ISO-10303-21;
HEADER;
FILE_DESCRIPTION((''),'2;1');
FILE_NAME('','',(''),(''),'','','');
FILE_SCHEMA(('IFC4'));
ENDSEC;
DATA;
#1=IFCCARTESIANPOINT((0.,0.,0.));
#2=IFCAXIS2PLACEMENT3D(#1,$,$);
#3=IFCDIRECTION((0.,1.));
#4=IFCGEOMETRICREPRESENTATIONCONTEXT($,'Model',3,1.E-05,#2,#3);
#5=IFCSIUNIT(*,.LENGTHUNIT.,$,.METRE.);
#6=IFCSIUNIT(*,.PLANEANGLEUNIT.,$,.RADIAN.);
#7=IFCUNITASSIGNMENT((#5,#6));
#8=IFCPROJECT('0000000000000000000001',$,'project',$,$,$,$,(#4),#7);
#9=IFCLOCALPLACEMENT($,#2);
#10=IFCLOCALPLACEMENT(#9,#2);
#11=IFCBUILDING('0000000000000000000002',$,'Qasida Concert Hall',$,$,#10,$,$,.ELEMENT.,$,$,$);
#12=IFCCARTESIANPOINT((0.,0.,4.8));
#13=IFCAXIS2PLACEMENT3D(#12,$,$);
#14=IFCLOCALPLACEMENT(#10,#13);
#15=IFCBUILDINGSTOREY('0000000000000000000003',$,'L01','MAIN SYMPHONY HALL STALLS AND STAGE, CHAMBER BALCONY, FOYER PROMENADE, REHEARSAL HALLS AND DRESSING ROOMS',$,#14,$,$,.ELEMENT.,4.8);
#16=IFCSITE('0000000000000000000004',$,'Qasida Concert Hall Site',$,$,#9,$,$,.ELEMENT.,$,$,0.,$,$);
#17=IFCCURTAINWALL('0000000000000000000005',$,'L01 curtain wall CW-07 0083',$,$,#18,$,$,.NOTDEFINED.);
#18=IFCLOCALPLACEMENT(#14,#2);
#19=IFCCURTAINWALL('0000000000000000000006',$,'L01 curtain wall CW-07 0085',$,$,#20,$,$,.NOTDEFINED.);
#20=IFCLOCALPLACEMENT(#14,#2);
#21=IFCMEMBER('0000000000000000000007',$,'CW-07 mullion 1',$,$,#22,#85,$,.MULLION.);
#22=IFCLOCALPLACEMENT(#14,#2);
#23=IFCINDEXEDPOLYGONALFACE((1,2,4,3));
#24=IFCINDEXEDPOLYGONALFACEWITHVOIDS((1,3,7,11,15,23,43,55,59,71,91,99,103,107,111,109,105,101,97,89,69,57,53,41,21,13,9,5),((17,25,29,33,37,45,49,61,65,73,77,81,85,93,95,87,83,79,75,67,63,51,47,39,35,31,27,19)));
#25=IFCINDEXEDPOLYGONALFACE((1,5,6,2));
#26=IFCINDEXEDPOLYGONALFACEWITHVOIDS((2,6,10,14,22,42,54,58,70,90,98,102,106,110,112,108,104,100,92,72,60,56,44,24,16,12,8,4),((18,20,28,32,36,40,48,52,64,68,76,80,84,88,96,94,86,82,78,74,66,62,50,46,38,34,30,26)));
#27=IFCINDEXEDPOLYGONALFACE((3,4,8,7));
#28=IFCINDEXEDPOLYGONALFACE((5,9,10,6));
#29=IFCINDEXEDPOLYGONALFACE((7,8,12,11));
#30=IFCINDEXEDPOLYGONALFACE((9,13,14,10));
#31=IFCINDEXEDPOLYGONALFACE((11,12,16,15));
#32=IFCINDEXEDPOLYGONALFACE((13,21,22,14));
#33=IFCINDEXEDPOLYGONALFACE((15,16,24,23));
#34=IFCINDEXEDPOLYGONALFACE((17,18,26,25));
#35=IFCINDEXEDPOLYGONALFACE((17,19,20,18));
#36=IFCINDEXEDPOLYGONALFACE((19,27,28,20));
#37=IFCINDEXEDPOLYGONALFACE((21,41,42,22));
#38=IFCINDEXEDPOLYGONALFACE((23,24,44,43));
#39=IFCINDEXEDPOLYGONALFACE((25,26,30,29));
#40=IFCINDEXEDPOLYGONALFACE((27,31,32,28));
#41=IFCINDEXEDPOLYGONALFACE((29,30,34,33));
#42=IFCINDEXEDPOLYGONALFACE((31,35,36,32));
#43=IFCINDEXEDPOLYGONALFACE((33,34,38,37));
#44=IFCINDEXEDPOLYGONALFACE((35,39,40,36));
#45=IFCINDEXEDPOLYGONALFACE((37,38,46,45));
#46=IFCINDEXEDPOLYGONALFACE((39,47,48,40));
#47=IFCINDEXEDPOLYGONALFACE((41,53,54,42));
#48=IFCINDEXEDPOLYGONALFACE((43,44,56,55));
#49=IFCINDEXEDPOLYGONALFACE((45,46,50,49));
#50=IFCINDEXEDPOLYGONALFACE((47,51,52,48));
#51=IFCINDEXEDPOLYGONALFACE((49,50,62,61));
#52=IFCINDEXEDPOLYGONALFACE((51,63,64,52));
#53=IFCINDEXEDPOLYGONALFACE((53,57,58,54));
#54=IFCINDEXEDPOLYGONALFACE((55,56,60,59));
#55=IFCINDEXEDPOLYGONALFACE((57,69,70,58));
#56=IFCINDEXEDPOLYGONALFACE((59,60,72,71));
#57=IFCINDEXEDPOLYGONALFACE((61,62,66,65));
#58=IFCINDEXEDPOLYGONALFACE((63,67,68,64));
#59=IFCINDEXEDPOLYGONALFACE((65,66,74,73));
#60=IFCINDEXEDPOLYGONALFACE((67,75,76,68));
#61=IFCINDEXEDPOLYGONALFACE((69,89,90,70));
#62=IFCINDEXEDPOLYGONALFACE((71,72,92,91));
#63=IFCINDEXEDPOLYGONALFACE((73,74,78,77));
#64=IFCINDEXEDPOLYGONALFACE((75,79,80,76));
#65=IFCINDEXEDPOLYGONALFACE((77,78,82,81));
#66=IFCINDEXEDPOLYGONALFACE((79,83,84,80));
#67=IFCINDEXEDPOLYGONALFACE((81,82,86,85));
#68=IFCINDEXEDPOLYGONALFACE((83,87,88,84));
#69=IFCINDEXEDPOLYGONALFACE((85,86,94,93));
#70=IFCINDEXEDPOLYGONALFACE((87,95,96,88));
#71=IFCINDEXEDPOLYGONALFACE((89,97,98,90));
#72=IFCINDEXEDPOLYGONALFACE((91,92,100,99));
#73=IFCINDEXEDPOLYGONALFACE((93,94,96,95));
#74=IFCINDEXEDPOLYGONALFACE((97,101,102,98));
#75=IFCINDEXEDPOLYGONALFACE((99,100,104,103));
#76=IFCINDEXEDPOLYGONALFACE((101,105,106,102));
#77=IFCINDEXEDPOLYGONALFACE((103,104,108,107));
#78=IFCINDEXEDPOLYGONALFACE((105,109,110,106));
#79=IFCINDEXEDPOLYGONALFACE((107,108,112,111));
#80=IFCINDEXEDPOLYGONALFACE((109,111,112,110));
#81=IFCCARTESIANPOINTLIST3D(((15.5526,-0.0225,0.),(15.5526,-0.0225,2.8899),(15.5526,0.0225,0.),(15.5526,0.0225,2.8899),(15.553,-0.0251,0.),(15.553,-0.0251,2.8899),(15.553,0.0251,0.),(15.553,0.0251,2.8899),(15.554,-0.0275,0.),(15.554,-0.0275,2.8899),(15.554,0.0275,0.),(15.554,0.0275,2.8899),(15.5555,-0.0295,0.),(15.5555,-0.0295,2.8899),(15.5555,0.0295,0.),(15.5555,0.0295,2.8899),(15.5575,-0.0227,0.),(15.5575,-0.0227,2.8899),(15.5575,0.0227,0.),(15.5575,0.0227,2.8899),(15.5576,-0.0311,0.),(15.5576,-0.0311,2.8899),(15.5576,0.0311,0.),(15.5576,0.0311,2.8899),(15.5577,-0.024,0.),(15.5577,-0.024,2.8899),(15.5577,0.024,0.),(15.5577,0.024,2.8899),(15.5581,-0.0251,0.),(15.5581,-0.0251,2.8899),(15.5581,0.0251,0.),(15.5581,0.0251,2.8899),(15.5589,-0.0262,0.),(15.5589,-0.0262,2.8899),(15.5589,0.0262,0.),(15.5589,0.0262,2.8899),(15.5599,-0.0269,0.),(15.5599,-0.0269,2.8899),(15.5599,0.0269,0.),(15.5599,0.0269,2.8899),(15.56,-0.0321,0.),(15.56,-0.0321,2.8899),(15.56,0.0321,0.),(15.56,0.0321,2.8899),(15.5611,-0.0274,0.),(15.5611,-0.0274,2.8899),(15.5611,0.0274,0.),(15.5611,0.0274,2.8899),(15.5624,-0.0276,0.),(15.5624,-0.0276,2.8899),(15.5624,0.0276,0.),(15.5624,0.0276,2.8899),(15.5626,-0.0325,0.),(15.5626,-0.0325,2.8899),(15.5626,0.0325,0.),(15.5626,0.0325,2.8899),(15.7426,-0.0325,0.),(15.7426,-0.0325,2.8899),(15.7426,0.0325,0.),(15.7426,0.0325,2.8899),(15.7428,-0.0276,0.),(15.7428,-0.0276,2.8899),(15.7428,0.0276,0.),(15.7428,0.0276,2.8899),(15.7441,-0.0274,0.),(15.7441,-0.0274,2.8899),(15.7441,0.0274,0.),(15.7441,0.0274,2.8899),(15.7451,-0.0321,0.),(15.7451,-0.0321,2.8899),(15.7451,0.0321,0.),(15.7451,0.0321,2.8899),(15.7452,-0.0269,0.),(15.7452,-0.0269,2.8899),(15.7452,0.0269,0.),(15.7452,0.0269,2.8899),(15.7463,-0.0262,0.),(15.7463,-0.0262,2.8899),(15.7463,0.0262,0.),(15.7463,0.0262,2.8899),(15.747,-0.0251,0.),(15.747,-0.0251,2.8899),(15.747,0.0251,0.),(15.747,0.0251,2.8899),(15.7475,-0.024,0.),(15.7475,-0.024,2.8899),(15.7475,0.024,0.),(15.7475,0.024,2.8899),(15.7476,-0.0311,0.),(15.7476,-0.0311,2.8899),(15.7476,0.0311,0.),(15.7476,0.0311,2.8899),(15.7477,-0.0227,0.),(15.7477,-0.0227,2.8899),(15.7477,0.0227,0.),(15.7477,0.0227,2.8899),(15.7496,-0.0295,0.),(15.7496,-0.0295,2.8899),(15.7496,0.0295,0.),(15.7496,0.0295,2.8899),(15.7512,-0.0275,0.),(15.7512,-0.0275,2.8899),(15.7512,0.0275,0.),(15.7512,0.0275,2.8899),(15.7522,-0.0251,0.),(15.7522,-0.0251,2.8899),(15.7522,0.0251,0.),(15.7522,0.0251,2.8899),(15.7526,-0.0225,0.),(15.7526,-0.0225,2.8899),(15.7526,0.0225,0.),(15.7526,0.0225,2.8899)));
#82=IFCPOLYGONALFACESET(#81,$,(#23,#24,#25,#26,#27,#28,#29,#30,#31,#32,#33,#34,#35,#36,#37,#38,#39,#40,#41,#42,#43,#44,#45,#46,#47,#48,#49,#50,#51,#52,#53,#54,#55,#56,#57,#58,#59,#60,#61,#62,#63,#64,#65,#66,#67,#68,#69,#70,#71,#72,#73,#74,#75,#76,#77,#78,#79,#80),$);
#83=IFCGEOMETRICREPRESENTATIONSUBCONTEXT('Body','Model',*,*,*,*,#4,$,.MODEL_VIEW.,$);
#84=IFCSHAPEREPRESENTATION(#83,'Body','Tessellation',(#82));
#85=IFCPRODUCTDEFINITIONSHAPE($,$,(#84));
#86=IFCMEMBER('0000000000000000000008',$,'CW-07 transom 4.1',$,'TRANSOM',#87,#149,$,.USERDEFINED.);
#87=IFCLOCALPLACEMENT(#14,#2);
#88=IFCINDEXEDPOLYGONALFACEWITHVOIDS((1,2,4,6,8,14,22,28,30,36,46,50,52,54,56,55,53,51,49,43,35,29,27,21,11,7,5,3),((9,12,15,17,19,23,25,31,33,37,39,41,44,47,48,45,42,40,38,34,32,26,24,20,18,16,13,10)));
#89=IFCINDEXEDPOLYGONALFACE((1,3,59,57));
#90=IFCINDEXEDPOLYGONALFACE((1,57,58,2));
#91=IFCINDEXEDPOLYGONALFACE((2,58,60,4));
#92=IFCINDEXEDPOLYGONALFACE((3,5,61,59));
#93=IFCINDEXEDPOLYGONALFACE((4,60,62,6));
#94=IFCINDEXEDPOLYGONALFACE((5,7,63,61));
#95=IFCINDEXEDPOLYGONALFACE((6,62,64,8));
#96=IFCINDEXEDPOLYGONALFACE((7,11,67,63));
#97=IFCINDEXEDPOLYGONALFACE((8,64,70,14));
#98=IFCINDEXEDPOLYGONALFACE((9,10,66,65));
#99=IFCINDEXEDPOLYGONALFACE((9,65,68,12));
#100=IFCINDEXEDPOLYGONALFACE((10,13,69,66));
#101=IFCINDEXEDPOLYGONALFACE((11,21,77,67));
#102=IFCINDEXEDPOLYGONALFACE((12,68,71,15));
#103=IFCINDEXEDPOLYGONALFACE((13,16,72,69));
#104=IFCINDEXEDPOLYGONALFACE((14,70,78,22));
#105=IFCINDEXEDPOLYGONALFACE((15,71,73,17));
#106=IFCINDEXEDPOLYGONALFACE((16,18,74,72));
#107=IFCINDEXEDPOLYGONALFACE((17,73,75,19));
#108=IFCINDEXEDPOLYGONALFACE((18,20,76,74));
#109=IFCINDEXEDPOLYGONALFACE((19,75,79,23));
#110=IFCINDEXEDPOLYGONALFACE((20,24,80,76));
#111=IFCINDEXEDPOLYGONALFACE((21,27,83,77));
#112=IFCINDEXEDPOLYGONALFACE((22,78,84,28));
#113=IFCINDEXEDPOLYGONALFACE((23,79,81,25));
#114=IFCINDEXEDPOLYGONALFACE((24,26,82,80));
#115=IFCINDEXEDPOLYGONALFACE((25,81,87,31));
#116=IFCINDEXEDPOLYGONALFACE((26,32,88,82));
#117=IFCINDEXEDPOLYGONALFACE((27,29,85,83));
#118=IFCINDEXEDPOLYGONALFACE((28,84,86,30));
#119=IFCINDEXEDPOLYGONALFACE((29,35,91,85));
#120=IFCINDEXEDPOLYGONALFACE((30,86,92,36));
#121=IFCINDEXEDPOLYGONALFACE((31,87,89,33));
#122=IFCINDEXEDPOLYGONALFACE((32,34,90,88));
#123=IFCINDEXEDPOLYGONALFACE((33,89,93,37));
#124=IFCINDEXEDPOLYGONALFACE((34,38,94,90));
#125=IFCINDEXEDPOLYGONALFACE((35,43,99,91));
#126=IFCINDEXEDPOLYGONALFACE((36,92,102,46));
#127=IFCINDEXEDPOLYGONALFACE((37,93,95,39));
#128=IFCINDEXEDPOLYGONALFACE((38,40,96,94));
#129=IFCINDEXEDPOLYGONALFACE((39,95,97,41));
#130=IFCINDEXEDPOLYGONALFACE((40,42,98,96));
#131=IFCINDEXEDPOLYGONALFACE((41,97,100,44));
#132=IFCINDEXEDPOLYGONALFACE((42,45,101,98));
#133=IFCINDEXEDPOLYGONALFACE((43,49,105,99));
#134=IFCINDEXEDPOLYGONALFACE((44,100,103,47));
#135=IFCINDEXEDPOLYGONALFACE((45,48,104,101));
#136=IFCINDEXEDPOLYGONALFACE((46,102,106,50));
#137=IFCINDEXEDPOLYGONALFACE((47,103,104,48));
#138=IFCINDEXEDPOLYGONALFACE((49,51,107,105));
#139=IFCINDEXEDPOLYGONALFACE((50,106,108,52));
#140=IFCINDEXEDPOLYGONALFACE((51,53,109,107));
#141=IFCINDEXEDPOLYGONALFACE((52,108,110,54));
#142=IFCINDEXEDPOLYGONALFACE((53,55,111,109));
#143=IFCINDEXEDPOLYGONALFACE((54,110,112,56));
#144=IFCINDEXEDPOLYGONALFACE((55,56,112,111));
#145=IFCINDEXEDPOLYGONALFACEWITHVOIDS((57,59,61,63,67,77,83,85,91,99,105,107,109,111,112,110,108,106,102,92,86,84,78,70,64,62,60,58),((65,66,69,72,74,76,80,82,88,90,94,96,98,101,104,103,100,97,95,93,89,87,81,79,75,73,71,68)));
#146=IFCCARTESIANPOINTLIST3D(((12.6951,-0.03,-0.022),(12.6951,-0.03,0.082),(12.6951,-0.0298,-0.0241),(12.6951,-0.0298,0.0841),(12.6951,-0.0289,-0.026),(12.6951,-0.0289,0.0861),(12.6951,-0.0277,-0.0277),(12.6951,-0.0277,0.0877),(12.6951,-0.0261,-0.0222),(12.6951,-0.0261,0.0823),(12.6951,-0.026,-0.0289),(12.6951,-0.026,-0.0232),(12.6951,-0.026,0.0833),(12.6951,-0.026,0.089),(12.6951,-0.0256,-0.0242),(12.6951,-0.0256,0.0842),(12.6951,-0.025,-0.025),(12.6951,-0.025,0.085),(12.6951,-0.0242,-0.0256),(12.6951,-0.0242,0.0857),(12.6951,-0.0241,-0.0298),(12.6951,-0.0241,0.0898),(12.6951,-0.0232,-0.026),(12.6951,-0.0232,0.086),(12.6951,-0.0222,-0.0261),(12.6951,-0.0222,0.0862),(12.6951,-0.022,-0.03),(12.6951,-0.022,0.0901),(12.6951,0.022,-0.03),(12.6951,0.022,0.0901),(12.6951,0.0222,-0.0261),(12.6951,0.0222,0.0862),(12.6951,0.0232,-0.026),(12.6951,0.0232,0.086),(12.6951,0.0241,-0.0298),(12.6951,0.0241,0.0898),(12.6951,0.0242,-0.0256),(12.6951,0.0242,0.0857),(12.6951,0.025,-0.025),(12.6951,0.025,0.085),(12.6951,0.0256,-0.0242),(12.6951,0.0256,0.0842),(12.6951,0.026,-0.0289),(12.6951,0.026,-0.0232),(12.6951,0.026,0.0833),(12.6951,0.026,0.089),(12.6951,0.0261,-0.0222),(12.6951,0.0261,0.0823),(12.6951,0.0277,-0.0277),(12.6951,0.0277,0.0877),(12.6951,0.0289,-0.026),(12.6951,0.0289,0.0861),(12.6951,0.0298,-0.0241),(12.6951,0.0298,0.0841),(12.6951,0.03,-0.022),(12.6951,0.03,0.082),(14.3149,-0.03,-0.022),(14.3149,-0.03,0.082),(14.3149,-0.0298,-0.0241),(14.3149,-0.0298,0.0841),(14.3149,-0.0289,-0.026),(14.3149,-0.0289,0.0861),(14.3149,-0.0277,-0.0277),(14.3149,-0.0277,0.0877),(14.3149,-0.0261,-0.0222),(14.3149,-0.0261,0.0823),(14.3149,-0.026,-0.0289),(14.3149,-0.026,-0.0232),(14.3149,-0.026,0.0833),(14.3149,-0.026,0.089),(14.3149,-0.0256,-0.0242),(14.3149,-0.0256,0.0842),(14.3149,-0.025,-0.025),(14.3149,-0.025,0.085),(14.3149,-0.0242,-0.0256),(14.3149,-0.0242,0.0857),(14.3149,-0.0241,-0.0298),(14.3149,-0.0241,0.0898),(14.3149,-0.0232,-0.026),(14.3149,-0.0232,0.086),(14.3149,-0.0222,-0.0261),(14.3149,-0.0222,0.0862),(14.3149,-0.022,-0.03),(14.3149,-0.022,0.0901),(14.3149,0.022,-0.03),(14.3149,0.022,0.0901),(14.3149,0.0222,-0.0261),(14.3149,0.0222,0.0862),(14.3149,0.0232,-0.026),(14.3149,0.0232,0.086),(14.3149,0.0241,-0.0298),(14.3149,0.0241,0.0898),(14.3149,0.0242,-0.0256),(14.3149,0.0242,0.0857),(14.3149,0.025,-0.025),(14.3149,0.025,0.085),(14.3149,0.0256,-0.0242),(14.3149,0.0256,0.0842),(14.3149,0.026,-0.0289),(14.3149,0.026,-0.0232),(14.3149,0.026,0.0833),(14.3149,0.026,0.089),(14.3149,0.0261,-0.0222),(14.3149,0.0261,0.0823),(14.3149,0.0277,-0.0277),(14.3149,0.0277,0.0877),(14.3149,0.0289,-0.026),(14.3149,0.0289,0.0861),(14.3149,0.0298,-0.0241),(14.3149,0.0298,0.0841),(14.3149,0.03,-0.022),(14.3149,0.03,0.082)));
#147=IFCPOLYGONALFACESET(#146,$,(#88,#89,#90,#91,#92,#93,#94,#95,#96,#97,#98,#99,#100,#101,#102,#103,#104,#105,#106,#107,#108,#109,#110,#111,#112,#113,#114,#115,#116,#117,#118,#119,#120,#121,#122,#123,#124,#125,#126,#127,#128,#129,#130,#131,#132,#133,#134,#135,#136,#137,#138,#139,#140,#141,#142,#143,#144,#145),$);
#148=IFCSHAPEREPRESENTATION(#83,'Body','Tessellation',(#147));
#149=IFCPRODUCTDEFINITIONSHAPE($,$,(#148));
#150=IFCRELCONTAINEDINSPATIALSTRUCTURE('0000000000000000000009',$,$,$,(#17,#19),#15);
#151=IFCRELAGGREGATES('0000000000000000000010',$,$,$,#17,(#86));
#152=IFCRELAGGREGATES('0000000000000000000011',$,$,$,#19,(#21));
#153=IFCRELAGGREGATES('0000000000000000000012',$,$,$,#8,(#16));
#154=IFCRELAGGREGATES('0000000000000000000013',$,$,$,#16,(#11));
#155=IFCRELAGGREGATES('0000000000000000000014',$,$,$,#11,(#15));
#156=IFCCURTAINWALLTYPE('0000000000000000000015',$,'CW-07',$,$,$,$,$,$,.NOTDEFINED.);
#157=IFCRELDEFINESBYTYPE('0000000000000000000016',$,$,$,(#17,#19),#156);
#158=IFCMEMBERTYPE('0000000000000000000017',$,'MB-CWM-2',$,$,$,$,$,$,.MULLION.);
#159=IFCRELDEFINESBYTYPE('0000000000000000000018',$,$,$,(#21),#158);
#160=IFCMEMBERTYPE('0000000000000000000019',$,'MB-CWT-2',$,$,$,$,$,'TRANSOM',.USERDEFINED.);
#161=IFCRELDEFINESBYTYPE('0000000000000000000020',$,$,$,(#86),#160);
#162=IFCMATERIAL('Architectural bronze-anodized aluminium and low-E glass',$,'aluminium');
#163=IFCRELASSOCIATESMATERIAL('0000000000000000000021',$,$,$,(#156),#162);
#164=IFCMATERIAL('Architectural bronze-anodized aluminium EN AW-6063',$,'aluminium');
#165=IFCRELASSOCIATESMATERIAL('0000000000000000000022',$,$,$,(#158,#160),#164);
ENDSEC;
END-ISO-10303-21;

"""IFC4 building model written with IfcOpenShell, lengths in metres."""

from ifc_helpers import new_model, si_unit, direction, frame, origin, origin_2d, place, context, subcontext, project, spatial, hollow_rectangle, extrude, material, material_profile, profile_set, type_object, element, aggregate, save


model = new_model("IFC4")

# Units and contexts
model_context = context("Model", 3, precision=1e-05, world=origin(), true_north=direction((0.0, 1.0)))
body_context = subcontext(model_context, "Body", "Model", "MODEL_VIEW")
ifc_project = project(units=[si_unit("LENGTHUNIT", "METRE"), si_unit("PLANEANGLEUNIT", "RADIAN")], contexts=[model_context])

# Site, building, storey
site_placement = place(None, origin())
site = spatial("IfcSite", under=ifc_project, at=site_placement, Name="Qasida Concert Hall Site", CompositionType="ELEMENT", RefElevation=0.0)
building_placement = place(site_placement, origin())
building = spatial("IfcBuilding", under=site, at=building_placement, Name="Qasida Concert Hall", CompositionType="ELEMENT")
storey_placement = place(building_placement, frame((0.0, 0.0, 4.8)))
storey = spatial("IfcBuildingStorey", under=building, at=storey_placement, Name="L01", Description="MAIN SYMPHONY HALL STALLS AND STAGE, CHAMBER BALCONY, FOYER PROMENADE, REHEARSAL HALLS AND DRESSING ROOMS", CompositionType="ELEMENT", Elevation=4.8)

# Curtain wall
ifc_material_1 = material(Name="Architectural bronze-anodized aluminium and low-E glass", Category="aluminium")
curtain_wall_type = type_object("IfcCurtainWallType", Name="CW-07", PredefinedType="NOTDEFINED", material=ifc_material_1)
curtain_wall_1_placement = place(storey_placement, origin())
curtain_wall_1 = element("IfcCurtainWall", 1, at=curtain_wall_1_placement, inside=storey, type_object=curtain_wall_type, Name="L01 curtain wall CW-07 0083", PredefinedType="NOTDEFINED")
ifc_material_2 = material(Name="Architectural bronze-anodized aluminium EN AW-6063", Category="aluminium")
ifc_material_profile_1 = material_profile(ifc_material_2, hollow_rectangle(XDim=0.0649, YDim=0.2, WallThickness=0.0049, InnerFilletRadius=0.0049, OuterFilletRadius=0.01, at=origin_2d()), Name="CWM 200x65x5")
ifc_profile_set_1 = profile_set([ifc_material_profile_1], Name="Architectural bronze-anodized aluminium EN AW-6063")
member_type_1 = type_object("IfcMemberType", Name="MB-CWM-2", PredefinedType="MULLION", material=ifc_profile_set_1)

# Curtain wall, member
curtain_wall_2_placement = place(storey_placement, origin())
curtain_wall_2 = element("IfcCurtainWall", 2, at=curtain_wall_2_placement, inside=storey, type_object=curtain_wall_type, Name="L01 curtain wall CW-07 0085", PredefinedType="NOTDEFINED")
member_1_placement = place(storey_placement, frame((15.6526, 0.0, 0.0), z_axis=(0.0, 0.0, 1.0), x_axis=(0.0, 1.0, 0.0)))
member_1 = element("IfcMember", 3, at=member_1_placement, type_object=member_type_1, Name="CW-07 mullion 1", PredefinedType="MULLION", context=body_context, shape_type="SweptSolid", body=[
    extrude(hollow_rectangle(XDim=0.0649, YDim=0.2, WallThickness=0.0049, InnerFilletRadius=0.0049, OuterFilletRadius=0.01, at=origin_2d()), origin(), (0.0, 0.0, 1.0), 2.8899),
])

# Member
ifc_material_profile_2 = material_profile(ifc_material_2, hollow_rectangle(XDim=0.0601, YDim=0.1201, WallThickness=0.0039, InnerFilletRadius=0.0039, OuterFilletRadius=0.0081, at=origin_2d()), Name="CWT 120x60x4")
ifc_profile_set_2 = profile_set([ifc_material_profile_2], Name="Architectural bronze-anodized aluminium EN AW-6063")
member_type_2 = type_object("IfcMemberType", Name="MB-CWT-2", ElementType="TRANSOM", PredefinedType="USERDEFINED", material=ifc_profile_set_2)
member_2_placement = place(storey_placement, frame((12.6951, 0.0, 0.03), z_axis=(1.0, 0.0, 0.0), x_axis=(0.0, 1.0, 0.0)))
member_2 = element("IfcMember", 4, at=member_2_placement, type_object=member_type_2, Name="CW-07 transom 4.1", ObjectType="TRANSOM", PredefinedType="USERDEFINED", context=body_context, shape_type="SweptSolid", body=[
    extrude(hollow_rectangle(XDim=0.0601, YDim=0.1201, WallThickness=0.0039, InnerFilletRadius=0.0039, OuterFilletRadius=0.0081, at=origin_2d()), origin(), (0.0, 0.0, 1.0), 1.6199),
])

aggregate(curtain_wall_1, [member_2])
aggregate(curtain_wall_2, [member_1])

save(model, "model.ifc")
